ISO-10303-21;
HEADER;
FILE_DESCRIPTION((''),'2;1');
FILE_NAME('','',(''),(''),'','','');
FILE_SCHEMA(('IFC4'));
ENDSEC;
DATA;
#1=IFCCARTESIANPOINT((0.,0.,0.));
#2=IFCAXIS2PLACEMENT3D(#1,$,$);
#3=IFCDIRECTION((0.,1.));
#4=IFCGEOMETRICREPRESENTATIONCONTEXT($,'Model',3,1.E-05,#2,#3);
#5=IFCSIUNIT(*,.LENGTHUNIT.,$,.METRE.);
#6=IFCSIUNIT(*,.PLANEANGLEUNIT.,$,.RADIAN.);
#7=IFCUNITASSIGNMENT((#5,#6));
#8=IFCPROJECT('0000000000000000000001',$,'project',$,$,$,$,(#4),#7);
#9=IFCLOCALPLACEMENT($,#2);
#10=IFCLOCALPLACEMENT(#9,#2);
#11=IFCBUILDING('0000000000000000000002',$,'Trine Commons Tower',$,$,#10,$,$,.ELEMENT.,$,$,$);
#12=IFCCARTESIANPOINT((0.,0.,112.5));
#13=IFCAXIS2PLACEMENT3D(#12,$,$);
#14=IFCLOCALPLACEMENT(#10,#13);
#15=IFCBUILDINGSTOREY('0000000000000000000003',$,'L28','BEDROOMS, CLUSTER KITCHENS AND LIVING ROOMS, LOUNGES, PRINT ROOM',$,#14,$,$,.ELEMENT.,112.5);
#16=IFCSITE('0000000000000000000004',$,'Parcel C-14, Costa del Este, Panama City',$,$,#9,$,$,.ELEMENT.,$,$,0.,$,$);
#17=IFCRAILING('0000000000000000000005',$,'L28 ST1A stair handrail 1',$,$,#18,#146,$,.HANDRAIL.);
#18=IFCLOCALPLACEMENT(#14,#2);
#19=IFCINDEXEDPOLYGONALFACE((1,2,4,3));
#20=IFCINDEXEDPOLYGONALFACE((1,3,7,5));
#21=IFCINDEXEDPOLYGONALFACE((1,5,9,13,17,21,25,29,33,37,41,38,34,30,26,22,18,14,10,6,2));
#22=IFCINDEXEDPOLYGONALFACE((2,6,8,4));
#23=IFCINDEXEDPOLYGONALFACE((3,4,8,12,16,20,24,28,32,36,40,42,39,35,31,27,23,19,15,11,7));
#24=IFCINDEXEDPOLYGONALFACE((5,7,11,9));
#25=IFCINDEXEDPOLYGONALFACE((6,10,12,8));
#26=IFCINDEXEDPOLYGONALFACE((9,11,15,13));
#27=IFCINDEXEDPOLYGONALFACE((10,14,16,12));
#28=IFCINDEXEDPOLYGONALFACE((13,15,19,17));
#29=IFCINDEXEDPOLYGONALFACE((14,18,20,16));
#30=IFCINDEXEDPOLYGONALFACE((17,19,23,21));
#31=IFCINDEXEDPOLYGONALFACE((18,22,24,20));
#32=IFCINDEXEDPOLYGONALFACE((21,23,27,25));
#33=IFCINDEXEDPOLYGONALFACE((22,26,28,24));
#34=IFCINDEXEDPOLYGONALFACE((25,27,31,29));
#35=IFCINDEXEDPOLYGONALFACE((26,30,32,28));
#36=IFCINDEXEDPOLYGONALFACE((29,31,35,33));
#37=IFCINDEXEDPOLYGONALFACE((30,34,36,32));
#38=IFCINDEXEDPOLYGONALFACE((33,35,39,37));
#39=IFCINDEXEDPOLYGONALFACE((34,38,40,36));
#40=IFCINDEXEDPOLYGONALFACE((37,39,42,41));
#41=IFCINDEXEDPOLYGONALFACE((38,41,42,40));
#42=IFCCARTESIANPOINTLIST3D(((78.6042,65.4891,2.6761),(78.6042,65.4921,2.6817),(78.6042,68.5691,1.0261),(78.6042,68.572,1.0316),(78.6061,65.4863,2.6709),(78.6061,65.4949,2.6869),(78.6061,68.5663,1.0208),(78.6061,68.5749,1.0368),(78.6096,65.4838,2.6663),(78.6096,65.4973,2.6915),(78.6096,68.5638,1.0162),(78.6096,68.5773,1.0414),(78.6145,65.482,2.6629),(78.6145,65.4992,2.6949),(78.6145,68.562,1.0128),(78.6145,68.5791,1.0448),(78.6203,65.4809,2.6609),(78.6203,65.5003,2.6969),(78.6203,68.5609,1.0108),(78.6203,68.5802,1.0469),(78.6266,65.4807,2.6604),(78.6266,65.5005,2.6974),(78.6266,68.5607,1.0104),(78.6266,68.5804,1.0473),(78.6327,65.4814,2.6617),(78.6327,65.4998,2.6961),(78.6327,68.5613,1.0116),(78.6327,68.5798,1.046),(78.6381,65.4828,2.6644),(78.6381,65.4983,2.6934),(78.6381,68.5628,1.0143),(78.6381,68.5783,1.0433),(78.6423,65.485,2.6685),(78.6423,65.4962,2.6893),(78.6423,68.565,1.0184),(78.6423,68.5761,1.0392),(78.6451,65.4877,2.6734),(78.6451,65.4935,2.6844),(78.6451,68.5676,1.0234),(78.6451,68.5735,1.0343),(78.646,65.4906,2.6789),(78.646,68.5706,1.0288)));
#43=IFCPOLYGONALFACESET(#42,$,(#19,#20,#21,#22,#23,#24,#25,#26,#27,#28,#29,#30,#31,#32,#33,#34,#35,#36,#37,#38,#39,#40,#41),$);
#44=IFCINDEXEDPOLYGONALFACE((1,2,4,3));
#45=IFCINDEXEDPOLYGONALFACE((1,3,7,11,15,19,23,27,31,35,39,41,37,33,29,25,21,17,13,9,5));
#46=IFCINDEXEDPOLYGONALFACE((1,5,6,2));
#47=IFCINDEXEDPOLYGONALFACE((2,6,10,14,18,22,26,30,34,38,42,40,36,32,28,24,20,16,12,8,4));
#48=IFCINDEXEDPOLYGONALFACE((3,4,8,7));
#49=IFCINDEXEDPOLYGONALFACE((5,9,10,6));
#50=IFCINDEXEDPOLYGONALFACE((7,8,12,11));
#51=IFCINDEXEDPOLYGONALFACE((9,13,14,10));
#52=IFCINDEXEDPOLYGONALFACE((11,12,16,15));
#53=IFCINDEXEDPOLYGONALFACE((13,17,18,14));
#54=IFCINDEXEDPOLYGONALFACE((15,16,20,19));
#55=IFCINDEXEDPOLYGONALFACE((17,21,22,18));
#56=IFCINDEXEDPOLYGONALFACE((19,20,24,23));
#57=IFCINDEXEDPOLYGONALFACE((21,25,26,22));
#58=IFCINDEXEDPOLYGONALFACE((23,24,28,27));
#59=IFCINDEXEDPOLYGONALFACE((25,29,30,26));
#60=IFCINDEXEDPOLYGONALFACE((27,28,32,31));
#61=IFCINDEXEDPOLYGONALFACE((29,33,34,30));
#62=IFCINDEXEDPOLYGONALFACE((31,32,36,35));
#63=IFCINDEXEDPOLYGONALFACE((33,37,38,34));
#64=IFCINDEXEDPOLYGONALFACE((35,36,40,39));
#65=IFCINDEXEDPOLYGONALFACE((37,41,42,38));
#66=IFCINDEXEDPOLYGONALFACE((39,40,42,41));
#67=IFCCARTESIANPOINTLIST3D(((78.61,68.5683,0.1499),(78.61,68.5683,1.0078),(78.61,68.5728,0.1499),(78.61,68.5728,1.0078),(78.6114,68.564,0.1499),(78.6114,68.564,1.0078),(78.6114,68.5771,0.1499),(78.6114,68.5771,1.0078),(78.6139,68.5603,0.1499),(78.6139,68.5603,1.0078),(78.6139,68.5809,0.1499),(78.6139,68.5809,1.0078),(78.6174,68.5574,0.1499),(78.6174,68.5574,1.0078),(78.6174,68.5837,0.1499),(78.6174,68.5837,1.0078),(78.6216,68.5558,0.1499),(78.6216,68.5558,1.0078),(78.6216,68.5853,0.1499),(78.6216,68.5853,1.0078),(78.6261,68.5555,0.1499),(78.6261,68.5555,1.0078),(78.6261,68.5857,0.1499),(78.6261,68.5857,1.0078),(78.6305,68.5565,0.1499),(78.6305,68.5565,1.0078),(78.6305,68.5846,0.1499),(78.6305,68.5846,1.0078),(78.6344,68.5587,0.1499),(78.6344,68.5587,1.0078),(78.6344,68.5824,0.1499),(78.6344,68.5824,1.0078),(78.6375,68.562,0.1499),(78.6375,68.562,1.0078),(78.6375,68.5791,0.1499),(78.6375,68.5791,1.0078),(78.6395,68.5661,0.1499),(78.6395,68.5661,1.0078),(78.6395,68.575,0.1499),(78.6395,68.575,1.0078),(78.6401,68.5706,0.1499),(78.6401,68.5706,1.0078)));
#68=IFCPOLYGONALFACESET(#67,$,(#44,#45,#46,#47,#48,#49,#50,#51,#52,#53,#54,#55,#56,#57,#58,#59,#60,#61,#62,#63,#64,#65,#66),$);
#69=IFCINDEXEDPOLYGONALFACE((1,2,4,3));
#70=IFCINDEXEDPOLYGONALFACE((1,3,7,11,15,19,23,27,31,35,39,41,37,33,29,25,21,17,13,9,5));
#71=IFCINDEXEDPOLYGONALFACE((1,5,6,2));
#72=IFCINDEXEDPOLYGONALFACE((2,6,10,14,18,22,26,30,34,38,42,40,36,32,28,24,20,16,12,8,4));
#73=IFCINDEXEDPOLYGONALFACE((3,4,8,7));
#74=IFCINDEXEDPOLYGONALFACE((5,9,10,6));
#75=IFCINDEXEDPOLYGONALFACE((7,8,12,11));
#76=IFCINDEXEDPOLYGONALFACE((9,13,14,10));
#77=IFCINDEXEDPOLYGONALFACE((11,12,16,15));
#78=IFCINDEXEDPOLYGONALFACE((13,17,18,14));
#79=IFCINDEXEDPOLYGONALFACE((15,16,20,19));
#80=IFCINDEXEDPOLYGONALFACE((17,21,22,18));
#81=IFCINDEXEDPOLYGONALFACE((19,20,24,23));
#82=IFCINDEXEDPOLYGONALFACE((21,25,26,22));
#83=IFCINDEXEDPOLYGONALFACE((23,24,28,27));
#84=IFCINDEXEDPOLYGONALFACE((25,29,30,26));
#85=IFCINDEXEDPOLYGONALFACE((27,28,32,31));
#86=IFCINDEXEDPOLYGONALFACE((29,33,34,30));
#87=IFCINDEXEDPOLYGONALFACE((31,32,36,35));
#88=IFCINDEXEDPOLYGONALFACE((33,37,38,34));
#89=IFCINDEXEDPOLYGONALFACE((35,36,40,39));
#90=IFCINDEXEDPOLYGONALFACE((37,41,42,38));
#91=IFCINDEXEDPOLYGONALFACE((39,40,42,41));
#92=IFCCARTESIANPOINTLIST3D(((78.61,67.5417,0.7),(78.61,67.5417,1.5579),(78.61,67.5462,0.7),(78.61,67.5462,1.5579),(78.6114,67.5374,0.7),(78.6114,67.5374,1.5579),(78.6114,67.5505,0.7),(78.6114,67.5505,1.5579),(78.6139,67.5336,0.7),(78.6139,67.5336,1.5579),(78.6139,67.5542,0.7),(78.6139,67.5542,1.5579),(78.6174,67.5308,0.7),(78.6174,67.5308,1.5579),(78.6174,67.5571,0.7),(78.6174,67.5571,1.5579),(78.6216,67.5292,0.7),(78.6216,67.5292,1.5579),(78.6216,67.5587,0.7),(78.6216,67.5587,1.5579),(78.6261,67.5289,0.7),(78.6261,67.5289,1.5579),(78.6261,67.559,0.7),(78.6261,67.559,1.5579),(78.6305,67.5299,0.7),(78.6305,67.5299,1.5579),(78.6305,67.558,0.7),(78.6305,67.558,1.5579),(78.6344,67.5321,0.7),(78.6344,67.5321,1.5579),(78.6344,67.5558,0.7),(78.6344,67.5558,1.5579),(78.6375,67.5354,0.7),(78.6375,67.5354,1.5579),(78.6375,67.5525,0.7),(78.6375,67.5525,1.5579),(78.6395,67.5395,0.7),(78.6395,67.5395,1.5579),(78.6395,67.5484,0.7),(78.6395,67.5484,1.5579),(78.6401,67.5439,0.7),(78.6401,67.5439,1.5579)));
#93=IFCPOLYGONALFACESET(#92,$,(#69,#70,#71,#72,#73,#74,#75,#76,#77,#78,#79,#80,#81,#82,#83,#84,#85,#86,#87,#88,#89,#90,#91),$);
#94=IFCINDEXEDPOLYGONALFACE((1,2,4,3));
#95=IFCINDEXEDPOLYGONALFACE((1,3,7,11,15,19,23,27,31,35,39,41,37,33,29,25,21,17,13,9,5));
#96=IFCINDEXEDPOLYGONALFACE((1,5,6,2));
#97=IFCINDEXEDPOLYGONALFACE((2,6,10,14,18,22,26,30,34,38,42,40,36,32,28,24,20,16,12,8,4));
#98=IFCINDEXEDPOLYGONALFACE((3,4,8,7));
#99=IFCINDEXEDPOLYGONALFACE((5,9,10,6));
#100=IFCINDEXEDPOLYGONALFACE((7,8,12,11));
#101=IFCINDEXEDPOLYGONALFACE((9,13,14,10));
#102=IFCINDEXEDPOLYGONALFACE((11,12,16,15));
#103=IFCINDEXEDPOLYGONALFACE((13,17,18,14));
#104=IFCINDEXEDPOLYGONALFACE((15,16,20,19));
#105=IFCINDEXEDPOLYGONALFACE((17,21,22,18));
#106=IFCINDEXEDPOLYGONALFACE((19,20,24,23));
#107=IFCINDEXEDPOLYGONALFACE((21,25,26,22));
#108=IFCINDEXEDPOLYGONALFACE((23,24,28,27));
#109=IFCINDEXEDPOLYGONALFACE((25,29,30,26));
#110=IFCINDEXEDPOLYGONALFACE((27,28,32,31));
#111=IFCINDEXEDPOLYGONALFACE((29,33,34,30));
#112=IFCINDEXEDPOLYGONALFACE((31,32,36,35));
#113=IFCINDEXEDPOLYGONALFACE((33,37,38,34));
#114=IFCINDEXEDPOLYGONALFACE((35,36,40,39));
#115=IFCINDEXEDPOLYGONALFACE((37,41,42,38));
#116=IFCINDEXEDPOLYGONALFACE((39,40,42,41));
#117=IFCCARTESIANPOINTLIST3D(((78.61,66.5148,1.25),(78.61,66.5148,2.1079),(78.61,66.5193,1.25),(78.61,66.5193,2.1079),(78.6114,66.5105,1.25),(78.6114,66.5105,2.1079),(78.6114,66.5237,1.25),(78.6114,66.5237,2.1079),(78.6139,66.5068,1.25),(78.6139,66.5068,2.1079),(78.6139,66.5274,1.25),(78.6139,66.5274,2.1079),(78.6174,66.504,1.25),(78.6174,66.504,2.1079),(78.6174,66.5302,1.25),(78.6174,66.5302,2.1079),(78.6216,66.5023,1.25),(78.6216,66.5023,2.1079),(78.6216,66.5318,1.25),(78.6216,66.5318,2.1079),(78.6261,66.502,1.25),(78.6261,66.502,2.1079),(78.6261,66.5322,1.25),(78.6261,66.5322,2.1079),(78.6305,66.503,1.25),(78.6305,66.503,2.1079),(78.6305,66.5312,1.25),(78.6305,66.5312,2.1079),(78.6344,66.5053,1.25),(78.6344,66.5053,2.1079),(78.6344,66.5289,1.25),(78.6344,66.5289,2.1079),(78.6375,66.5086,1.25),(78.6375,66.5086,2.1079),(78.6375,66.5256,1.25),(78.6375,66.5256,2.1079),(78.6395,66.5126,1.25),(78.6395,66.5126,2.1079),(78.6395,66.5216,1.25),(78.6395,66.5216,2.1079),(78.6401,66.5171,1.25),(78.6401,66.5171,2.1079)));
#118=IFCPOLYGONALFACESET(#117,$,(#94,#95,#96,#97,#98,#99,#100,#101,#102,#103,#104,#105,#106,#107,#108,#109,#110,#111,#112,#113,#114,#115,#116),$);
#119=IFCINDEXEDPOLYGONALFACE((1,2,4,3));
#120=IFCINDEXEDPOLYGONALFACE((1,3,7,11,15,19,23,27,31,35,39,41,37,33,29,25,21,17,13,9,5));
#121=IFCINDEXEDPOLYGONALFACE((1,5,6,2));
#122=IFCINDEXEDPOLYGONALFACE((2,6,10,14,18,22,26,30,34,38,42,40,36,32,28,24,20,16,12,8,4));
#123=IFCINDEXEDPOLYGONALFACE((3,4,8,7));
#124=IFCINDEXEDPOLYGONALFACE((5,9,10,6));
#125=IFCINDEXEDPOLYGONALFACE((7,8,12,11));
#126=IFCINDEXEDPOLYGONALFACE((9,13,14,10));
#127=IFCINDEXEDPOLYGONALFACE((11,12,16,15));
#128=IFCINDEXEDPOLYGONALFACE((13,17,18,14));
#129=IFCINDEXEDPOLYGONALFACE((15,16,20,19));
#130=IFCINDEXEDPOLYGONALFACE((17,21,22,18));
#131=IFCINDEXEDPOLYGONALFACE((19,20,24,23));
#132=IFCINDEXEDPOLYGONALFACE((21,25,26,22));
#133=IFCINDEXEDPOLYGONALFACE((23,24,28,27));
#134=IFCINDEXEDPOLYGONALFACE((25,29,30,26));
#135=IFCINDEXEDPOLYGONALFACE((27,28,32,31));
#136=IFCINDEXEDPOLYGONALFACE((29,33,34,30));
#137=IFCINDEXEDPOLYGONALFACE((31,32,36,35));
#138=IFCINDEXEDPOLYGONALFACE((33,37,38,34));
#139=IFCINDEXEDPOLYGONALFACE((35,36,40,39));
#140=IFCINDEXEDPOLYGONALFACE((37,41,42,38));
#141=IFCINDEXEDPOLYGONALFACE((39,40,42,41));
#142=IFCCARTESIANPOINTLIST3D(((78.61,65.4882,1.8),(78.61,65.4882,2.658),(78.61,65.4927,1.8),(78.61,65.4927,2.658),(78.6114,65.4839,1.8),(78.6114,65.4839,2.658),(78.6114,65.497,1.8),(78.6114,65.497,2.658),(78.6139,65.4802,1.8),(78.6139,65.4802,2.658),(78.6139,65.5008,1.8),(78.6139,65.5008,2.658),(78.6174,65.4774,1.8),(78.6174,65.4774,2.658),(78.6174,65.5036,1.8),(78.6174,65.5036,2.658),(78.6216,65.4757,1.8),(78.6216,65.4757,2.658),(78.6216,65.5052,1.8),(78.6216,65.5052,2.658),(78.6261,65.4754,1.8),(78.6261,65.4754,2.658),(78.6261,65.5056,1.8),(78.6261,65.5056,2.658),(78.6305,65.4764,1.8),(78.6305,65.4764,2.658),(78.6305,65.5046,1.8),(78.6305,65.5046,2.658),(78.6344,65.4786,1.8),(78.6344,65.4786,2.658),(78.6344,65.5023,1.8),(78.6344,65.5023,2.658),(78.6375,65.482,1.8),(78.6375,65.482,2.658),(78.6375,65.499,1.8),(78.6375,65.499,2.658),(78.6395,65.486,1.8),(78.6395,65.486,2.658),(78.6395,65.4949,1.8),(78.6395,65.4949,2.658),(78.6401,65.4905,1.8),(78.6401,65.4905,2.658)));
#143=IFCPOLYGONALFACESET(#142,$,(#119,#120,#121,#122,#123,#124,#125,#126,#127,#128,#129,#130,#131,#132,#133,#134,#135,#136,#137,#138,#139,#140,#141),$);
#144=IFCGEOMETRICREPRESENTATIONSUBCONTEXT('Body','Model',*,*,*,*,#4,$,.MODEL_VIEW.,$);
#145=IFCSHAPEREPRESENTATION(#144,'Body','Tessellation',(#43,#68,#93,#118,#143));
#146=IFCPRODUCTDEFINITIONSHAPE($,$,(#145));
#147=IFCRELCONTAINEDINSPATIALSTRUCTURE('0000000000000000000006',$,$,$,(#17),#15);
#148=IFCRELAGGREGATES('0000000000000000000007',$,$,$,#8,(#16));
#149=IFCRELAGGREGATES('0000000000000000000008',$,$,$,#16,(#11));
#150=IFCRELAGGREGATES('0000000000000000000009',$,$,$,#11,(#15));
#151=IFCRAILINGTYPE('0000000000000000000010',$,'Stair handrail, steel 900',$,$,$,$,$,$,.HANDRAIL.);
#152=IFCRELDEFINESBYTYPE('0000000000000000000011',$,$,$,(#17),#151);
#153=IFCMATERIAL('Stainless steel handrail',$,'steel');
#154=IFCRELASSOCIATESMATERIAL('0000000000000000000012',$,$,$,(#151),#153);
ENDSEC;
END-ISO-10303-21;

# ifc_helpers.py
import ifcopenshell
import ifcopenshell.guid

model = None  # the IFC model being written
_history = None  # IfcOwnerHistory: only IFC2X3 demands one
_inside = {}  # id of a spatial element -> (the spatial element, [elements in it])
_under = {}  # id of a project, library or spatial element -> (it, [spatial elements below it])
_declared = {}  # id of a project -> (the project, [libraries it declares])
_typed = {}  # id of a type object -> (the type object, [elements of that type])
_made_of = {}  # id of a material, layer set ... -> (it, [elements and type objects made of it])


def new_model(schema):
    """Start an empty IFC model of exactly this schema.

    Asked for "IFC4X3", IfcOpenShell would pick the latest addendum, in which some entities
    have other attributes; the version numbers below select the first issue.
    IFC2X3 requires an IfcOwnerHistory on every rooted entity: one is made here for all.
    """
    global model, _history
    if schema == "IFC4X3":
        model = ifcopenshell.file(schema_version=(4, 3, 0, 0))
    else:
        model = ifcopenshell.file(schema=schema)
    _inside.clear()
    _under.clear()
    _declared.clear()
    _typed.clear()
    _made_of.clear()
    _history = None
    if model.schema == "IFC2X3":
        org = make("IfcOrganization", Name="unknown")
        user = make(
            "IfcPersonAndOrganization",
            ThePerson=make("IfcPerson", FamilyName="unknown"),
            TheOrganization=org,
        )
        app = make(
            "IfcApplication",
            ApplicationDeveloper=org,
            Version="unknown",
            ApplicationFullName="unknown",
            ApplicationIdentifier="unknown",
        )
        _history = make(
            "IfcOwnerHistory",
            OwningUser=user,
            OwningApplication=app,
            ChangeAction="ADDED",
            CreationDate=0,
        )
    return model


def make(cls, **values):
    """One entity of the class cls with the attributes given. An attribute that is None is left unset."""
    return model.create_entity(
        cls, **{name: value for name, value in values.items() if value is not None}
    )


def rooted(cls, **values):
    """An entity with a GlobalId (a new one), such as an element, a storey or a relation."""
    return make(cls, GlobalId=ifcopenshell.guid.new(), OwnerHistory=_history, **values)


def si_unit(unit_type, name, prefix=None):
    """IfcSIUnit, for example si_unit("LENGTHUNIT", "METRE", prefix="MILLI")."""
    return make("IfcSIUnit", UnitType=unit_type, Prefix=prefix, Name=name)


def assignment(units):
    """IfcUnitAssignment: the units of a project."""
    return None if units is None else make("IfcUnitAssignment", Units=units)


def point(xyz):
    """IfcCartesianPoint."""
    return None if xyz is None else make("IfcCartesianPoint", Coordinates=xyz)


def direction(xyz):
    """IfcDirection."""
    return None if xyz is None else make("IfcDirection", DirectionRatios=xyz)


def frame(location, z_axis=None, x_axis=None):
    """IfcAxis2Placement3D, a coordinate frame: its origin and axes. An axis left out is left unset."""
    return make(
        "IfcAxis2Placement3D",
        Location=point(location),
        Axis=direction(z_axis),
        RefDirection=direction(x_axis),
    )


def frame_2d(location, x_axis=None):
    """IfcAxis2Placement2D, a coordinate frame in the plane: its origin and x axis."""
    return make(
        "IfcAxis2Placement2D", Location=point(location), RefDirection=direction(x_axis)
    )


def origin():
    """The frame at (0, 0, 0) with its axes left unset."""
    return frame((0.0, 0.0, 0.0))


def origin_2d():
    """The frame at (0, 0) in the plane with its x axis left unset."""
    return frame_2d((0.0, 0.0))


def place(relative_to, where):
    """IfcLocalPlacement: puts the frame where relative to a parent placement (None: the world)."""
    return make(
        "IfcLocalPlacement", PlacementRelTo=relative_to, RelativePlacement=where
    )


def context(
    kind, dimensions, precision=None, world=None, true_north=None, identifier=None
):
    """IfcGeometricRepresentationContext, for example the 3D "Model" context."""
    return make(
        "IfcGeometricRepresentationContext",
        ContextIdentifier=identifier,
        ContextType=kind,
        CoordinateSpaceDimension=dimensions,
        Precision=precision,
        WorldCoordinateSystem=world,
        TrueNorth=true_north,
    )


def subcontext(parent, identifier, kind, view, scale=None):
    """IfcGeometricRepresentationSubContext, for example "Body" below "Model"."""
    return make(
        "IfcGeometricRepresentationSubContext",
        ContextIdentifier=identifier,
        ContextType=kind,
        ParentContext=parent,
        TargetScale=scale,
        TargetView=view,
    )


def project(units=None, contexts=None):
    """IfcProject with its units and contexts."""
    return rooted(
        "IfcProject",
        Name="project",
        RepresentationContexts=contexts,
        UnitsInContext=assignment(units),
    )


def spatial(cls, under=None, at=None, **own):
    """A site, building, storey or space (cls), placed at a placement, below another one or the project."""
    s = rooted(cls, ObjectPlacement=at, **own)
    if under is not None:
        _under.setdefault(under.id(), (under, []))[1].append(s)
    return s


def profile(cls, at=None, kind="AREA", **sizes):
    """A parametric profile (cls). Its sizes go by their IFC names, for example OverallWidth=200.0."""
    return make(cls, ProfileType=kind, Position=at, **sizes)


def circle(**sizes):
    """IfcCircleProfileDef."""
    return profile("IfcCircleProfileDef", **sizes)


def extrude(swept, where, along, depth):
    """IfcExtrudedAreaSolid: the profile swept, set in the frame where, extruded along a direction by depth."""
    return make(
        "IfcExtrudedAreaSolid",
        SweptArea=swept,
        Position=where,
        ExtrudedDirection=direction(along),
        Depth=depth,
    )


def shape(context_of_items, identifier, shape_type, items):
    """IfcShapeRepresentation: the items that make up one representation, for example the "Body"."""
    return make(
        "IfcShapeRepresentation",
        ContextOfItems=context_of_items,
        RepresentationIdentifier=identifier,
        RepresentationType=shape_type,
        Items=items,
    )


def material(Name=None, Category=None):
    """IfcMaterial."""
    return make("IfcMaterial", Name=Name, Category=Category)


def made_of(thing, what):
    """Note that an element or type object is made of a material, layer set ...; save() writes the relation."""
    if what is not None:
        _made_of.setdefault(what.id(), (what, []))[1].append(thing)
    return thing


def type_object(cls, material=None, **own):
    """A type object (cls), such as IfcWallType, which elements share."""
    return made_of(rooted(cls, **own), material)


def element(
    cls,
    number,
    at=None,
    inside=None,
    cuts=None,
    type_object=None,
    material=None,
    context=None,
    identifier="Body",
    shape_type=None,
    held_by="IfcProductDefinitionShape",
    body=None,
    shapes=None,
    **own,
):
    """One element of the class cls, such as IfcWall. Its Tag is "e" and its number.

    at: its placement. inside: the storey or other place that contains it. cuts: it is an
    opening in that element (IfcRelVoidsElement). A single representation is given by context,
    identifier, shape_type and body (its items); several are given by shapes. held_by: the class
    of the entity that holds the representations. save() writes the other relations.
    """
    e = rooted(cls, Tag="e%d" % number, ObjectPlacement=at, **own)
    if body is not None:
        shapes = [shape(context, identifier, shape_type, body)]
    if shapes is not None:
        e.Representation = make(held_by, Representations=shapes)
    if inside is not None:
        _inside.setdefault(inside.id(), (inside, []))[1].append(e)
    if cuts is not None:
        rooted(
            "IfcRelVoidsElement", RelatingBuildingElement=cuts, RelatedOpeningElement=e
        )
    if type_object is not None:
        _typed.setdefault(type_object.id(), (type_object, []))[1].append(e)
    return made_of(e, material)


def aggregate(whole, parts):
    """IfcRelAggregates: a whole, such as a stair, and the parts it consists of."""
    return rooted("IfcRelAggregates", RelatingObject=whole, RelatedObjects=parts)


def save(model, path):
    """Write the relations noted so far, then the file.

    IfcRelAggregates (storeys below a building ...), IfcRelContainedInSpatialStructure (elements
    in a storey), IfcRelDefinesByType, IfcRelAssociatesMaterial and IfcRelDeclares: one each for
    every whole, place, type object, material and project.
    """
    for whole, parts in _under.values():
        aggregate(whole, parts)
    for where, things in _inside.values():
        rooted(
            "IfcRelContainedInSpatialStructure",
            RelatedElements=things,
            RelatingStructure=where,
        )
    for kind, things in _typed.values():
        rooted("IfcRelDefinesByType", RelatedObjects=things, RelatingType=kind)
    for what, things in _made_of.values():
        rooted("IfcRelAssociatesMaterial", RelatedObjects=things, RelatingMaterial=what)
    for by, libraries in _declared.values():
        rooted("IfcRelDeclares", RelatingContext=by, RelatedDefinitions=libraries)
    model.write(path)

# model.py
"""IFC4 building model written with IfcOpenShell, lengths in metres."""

from ifc_helpers import new_model, si_unit, direction, frame, origin, origin_2d, place, context, subcontext, project, spatial, circle, extrude, material, type_object, element, save


model = new_model("IFC4")

# Units and contexts
model_context = context("Model", 3, precision=1e-05, world=origin(), true_north=direction((0.0, 1.0)))
body_context = subcontext(model_context, "Body", "Model", "MODEL_VIEW")
ifc_project = project(units=[si_unit("LENGTHUNIT", "METRE"), si_unit("PLANEANGLEUNIT", "RADIAN")], contexts=[model_context])

# Site, building, storey
site_placement = place(None, origin())
site = spatial("IfcSite", under=ifc_project, at=site_placement, Name="Parcel C-14, Costa del Este, Panama City", CompositionType="ELEMENT", RefElevation=0.0)
building_placement = place(site_placement, origin())
building = spatial("IfcBuilding", under=site, at=building_placement, Name="Trine Commons Tower", CompositionType="ELEMENT")
storey_placement = place(building_placement, frame((0.0, 0.0, 112.5)))
storey = spatial("IfcBuildingStorey", under=building, at=storey_placement, Name="L28", Description="BEDROOMS, CLUSTER KITCHENS AND LIVING ROOMS, LOUNGES, PRINT ROOM", CompositionType="ELEMENT", Elevation=112.5)

# Railing
ifc_material_1 = material(Name="Stainless steel handrail", Category="steel")
railing_type = type_object("IfcRailingType", Name="Stair handrail, steel 900", PredefinedType="HANDRAIL", material=ifc_material_1)
railing_placement = place(storey_placement, frame((78.625, 68.5706, 0.1499)))
element("IfcRailing", 1, at=railing_placement, inside=storey, type_object=railing_type, Name="L28 ST1A stair handrail 1", PredefinedType="HANDRAIL", context=body_context, shape_type="SweptSolid", body=[
    extrude(circle(Radius=0.021, at=origin_2d()), frame((0.0, 0.0, 0.8789), z_axis=(0.0, -0.881468, 0.472245), x_axis=(1.0, 0.0, 0.0)), (0.0, 0.0, 1.0), 3.4941),
    extrude(circle(Radius=0.0151, at=origin_2d()), origin(), (0.0, 0.0, 1.0), 0.8579),
    extrude(circle(Radius=0.0151, at=origin_2d()), frame((0.0, -1.0266, 0.55)), (0.0, 0.0, 1.0), 0.8579),
    extrude(circle(Radius=0.0151, at=origin_2d()), frame((0.0, -2.0535, 1.1001)), (0.0, 0.0, 1.0), 0.8579),
    extrude(circle(Radius=0.0151, at=origin_2d()), frame((0.0, -3.0801, 1.6501)), (0.0, 0.0, 1.0), 0.8579),
])

save(model, "model.ifc")
